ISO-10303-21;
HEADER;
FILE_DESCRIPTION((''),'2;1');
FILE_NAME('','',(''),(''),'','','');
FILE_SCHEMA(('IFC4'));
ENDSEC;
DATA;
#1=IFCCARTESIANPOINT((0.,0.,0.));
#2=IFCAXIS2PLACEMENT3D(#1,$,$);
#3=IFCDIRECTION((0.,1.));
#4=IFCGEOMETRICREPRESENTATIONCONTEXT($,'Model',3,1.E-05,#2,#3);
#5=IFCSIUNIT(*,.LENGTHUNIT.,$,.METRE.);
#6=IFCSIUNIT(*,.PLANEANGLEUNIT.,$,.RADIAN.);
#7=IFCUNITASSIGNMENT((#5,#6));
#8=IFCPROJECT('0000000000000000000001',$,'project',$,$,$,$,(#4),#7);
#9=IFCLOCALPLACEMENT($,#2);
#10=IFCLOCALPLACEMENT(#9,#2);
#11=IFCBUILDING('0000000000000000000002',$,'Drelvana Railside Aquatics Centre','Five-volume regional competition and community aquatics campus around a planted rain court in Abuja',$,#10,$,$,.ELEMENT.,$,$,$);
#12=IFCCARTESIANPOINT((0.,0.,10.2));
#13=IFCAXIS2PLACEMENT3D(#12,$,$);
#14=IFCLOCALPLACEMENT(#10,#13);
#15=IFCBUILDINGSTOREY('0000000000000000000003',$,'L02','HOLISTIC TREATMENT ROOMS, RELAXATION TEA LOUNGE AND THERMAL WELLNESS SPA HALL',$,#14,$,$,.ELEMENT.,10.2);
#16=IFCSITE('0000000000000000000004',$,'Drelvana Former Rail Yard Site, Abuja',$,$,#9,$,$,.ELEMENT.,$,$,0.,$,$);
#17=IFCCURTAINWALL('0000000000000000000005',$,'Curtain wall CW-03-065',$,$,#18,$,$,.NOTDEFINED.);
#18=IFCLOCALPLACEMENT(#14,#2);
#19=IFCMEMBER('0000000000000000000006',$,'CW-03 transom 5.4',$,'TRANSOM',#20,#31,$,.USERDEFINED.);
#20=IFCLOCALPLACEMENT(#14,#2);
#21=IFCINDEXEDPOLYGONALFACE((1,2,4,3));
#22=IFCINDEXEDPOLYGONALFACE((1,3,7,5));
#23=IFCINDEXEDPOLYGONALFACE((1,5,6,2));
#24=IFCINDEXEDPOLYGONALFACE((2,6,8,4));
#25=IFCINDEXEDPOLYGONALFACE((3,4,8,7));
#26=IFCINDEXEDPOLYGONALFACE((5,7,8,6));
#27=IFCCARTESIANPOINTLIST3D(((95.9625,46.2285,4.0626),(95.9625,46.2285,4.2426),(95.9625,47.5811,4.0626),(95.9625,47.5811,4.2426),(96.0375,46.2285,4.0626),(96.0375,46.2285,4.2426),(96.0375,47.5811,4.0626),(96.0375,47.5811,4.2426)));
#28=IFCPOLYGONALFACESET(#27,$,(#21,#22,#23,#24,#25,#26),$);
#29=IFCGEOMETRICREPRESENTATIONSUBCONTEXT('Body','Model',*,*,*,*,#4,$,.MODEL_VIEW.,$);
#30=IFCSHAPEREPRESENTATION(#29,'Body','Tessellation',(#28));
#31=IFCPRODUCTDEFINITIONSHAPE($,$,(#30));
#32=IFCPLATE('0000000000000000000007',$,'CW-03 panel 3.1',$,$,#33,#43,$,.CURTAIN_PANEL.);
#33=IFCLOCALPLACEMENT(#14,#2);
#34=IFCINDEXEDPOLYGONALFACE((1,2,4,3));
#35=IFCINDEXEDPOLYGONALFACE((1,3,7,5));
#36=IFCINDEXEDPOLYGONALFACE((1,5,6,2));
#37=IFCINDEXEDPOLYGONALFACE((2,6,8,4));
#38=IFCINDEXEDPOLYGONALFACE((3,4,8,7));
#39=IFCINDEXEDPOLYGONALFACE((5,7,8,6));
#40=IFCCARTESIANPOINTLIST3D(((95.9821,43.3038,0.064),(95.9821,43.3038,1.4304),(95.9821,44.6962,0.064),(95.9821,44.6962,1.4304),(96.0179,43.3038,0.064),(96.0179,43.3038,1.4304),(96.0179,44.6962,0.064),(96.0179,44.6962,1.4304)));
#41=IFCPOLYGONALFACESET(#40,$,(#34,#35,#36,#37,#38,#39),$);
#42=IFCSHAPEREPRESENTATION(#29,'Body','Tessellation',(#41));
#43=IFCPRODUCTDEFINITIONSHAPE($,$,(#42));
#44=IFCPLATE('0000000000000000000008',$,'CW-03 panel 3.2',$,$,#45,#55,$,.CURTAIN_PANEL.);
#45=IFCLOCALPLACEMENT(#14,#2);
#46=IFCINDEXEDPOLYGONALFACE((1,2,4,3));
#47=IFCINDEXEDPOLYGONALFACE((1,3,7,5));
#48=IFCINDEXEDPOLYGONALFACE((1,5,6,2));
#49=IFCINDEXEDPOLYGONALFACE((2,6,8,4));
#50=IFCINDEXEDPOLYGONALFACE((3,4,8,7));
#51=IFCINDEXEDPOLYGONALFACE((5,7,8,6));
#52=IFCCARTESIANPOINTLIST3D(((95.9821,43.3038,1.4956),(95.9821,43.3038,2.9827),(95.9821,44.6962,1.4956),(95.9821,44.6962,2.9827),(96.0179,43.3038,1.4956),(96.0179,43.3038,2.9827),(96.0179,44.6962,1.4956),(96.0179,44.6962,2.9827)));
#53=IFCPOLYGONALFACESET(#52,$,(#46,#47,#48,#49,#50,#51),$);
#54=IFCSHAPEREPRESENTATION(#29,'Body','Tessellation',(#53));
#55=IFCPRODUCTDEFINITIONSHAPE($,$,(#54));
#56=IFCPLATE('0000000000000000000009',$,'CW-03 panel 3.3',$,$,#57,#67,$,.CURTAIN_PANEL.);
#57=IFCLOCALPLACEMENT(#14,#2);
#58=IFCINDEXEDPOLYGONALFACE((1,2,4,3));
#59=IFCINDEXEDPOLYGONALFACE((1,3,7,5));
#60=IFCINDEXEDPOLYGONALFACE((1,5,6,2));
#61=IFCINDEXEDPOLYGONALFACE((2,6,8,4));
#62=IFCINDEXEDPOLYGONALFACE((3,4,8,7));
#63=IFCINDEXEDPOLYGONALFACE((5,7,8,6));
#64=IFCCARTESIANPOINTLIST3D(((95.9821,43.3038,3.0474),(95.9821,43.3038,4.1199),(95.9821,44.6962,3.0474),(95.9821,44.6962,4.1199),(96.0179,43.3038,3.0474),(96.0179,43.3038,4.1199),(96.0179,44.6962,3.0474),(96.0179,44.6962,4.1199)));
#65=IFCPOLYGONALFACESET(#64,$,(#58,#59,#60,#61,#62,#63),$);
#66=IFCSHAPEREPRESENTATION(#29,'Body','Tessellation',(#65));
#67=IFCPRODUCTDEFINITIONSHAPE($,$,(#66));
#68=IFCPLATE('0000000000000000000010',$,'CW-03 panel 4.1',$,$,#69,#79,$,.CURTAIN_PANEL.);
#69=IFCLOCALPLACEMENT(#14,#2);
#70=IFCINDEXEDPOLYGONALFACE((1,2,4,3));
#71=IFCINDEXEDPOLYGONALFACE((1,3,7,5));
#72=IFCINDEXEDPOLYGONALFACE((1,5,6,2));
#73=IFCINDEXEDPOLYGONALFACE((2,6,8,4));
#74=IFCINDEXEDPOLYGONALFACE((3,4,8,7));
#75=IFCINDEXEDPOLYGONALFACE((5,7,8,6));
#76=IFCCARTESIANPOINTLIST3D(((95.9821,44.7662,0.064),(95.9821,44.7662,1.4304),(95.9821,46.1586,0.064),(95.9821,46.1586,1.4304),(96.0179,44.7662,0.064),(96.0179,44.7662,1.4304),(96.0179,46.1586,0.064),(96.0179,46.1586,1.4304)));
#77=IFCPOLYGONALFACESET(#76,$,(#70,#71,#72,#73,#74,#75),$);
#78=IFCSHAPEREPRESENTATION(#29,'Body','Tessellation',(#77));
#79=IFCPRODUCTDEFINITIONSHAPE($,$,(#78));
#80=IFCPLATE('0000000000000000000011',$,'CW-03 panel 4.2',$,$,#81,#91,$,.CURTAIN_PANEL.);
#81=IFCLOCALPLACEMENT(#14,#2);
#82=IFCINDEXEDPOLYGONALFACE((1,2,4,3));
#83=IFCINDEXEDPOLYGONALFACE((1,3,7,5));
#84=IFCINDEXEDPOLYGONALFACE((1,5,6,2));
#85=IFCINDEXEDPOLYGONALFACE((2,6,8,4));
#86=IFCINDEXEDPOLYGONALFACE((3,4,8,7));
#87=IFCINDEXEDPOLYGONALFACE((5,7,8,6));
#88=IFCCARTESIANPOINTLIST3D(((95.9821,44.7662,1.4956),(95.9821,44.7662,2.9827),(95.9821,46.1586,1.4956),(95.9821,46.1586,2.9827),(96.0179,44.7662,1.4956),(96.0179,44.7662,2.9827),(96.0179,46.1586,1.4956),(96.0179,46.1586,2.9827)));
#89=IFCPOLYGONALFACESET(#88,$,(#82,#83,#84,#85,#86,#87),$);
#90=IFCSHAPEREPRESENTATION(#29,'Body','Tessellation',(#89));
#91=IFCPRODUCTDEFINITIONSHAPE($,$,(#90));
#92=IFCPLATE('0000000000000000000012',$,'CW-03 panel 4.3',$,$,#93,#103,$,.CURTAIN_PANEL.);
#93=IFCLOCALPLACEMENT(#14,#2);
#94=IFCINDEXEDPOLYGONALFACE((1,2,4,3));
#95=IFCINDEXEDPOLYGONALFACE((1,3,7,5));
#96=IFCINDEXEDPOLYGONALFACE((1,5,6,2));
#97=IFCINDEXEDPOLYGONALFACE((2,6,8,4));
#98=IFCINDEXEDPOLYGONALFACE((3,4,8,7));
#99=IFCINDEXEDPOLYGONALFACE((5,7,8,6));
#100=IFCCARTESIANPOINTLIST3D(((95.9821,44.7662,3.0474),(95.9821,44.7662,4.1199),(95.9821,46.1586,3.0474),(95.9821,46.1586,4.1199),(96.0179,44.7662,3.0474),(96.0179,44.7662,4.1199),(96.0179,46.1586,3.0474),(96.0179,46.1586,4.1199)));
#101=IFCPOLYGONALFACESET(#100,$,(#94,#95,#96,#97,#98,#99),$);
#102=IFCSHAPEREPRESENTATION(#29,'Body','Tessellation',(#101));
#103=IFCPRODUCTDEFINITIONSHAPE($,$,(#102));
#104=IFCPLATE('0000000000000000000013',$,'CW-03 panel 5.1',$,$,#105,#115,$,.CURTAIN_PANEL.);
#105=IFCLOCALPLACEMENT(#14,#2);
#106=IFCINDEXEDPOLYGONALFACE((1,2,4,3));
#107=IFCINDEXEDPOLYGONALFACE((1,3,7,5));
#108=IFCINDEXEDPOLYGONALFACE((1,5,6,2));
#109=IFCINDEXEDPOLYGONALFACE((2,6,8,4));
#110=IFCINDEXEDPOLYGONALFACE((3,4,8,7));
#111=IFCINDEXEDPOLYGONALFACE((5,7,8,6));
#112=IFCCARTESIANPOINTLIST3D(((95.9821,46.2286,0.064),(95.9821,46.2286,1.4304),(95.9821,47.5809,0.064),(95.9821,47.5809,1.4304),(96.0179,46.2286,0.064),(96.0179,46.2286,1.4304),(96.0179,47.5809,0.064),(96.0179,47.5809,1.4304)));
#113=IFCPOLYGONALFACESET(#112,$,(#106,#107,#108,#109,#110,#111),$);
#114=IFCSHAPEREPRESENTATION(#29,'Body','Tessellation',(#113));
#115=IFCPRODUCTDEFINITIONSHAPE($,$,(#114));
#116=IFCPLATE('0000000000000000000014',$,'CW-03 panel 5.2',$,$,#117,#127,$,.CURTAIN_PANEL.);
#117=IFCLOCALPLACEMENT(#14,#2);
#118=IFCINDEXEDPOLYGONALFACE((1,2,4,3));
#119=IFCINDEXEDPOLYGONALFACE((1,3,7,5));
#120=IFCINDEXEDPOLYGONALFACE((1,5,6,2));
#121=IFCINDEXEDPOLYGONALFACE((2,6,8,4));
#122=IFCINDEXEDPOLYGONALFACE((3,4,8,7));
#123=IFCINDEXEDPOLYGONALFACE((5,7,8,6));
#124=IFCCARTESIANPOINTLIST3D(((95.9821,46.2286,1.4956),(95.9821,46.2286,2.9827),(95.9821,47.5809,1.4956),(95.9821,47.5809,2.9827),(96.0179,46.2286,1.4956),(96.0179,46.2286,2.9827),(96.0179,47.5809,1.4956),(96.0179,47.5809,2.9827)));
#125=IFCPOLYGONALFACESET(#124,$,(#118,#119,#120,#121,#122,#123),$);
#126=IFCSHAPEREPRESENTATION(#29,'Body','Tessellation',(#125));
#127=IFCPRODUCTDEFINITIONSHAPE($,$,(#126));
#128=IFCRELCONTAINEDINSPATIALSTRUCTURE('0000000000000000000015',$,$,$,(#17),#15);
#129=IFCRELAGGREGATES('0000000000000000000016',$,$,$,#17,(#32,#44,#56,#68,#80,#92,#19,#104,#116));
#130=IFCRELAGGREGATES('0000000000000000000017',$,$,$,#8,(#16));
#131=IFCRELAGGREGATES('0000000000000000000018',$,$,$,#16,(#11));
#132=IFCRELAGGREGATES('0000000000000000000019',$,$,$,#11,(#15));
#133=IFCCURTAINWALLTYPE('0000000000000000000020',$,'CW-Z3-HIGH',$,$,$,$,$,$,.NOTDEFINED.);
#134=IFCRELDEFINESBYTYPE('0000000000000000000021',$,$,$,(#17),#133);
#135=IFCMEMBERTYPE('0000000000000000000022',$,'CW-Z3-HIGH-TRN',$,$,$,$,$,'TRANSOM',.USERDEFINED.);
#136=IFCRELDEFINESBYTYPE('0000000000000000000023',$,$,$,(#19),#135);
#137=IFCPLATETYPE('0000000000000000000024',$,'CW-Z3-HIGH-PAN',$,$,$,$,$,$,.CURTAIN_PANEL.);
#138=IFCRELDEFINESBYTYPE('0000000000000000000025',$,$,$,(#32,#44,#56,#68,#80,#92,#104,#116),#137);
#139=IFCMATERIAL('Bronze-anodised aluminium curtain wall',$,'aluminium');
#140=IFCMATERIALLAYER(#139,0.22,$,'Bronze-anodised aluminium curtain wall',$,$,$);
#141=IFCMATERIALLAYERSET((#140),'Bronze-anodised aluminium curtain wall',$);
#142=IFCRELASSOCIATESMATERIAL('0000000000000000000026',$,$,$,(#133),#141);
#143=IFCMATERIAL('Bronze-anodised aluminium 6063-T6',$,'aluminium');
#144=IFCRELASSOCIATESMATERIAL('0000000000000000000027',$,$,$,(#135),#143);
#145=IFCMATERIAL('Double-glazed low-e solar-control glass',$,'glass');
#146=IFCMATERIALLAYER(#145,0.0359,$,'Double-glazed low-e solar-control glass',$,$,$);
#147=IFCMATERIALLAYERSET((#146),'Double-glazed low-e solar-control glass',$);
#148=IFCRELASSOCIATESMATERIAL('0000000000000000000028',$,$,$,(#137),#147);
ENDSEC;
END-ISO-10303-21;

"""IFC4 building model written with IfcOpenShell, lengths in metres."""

from ifc_helpers import new_model, si_unit, direction, frame, origin, origin_2d, place, context, subcontext, project, spatial, rectangle, extrude, material, layer, layer_set, material_profile, profile_set, type_object, element, aggregate, save


model = new_model("IFC4")

# Units and contexts
model_context = context("Model", 3, precision=1e-05, world=origin(), true_north=direction((0.0, 1.0)))
body_context = subcontext(model_context, "Body", "Model", "MODEL_VIEW")
ifc_project = project(units=[si_unit("LENGTHUNIT", "METRE"), si_unit("PLANEANGLEUNIT", "RADIAN")], contexts=[model_context])

# Site, building, storey
site_placement = place(None, origin())
site = spatial("IfcSite", under=ifc_project, at=site_placement, Name="Drelvana Former Rail Yard Site, Abuja", CompositionType="ELEMENT", RefElevation=0.0)
building_placement = place(site_placement, origin())
building = spatial("IfcBuilding", under=site, at=building_placement, Name="Drelvana Railside Aquatics Centre", Description="Five-volume regional competition and community aquatics campus around a planted rain court in Abuja", CompositionType="ELEMENT")
storey_placement = place(building_placement, frame((0.0, 0.0, 10.2)))
storey = spatial("IfcBuildingStorey", under=building, at=storey_placement, Name="L02", Description="HOLISTIC TREATMENT ROOMS, RELAXATION TEA LOUNGE AND THERMAL WELLNESS SPA HALL", CompositionType="ELEMENT", Elevation=10.2)

# Curtain wall, member, plates
ifc_material_1 = material(Name="Bronze-anodised aluminium curtain wall", Category="aluminium")
ifc_layer_1 = layer(ifc_material_1, 0.22, Name="Bronze-anodised aluminium curtain wall")
ifc_layer_set_1 = layer_set([ifc_layer_1], Name="Bronze-anodised aluminium curtain wall")
curtain_wall_type = type_object("IfcCurtainWallType", Name="CW-Z3-HIGH", PredefinedType="NOTDEFINED", material=ifc_layer_set_1)
curtain_wall_placement = place(storey_placement, origin())
curtain_wall = element("IfcCurtainWall", 1, at=curtain_wall_placement, inside=storey, type_object=curtain_wall_type, Name="Curtain wall CW-03-065", PredefinedType="NOTDEFINED")
ifc_material_2 = material(Name="Bronze-anodised aluminium 6063-T6", Category="aluminium")
ifc_material_profile_1 = material_profile(ifc_material_2, rectangle(XDim=0.1799, YDim=0.075, at=origin_2d()), Name="ALU-T 75x180")
ifc_profile_set_1 = profile_set([ifc_material_profile_1], Name="Bronze-anodised aluminium 6063-T6")
member_type_1 = type_object("IfcMemberType", Name="CW-Z3-HIGH-TRN", ElementType="TRANSOM", PredefinedType="USERDEFINED", material=ifc_profile_set_1)
member_1_placement = place(storey_placement, frame((96.0, 46.2285, 4.1526), z_axis=(0.0, 1.0, 0.0), x_axis=(0.0, 0.0, 1.0)))
member_1 = element("IfcMember", 2, at=member_1_placement, type_object=member_type_1, Name="CW-03 transom 5.4", ObjectType="TRANSOM", PredefinedType="USERDEFINED", context=body_context, shape_type="SweptSolid", body=[
    extrude(rectangle(XDim=0.1799, YDim=0.075, at=origin_2d()), origin(), (0.0, 0.0, 1.0), 1.3525),
])
ifc_material_3 = material(Name="Double-glazed low-e solar-control glass", Category="glass")
ifc_layer_2 = layer(ifc_material_3, 0.0359, Name="Double-glazed low-e solar-control glass")
ifc_layer_set_2 = layer_set([ifc_layer_2], Name="Double-glazed low-e solar-control glass")
plate_type = type_object("IfcPlateType", Name="CW-Z3-HIGH-PAN", PredefinedType="CURTAIN_PANEL", material=ifc_layer_set_2)
plate_1_placement = place(storey_placement, frame((96.0, 44.0, 0.064), z_axis=(0.0, 0.0, 1.0), x_axis=(0.0, 1.0, 0.0)))
plate_1 = element("IfcPlate", 3, at=plate_1_placement, type_object=plate_type, Name="CW-03 panel 3.1", PredefinedType="CURTAIN_PANEL", context=body_context, shape_type="SweptSolid", body=[
    extrude(rectangle(XDim=1.3923, YDim=0.0359, at=origin_2d()), origin(), (0.0, 0.0, 1.0), 1.3665),
])
plate_2_placement = place(storey_placement, frame((96.0, 44.0, 1.4956), z_axis=(0.0, 0.0, 1.0), x_axis=(0.0, 1.0, 0.0)))
plate_2 = element("IfcPlate", 4, at=plate_2_placement, type_object=plate_type, Name="CW-03 panel 3.2", PredefinedType="CURTAIN_PANEL", context=body_context, shape_type="SweptSolid", body=[
    extrude(rectangle(XDim=1.3923, YDim=0.0359, at=origin_2d()), origin(), (0.0, 0.0, 1.0), 1.4871),
])
plate_3_placement = place(storey_placement, frame((96.0, 44.0, 3.0474), z_axis=(0.0, 0.0, 1.0), x_axis=(0.0, 1.0, 0.0)))
plate_3 = element("IfcPlate", 5, at=plate_3_placement, type_object=plate_type, Name="CW-03 panel 3.3", PredefinedType="CURTAIN_PANEL", context=body_context, shape_type="SweptSolid", body=[
    extrude(rectangle(XDim=1.3923, YDim=0.0359, at=origin_2d()), origin(), (0.0, 0.0, 1.0), 1.0725),
])
plate_4_placement = place(storey_placement, frame((96.0, 45.4624, 0.064), z_axis=(0.0, 0.0, 1.0), x_axis=(0.0, 1.0, 0.0)))
plate_4 = element("IfcPlate", 6, at=plate_4_placement, type_object=plate_type, Name="CW-03 panel 4.1", PredefinedType="CURTAIN_PANEL", context=body_context, shape_type="SweptSolid", body=[
    extrude(rectangle(XDim=1.3923, YDim=0.0359, at=origin_2d()), origin(), (0.0, 0.0, 1.0), 1.3665),
])
plate_5_placement = place(storey_placement, frame((96.0, 45.4624, 1.4956), z_axis=(0.0, 0.0, 1.0), x_axis=(0.0, 1.0, 0.0)))
plate_5 = element("IfcPlate", 7, at=plate_5_placement, type_object=plate_type, Name="CW-03 panel 4.2", PredefinedType="CURTAIN_PANEL", context=body_context, shape_type="SweptSolid", body=[
    extrude(rectangle(XDim=1.3923, YDim=0.0359, at=origin_2d()), origin(), (0.0, 0.0, 1.0), 1.4871),
])
plate_6_placement = place(storey_placement, frame((96.0, 45.4624, 3.0474), z_axis=(0.0, 0.0, 1.0), x_axis=(0.0, 1.0, 0.0)))
plate_6 = element("IfcPlate", 8, at=plate_6_placement, type_object=plate_type, Name="CW-03 panel 4.3", PredefinedType="CURTAIN_PANEL", context=body_context, shape_type="SweptSolid", body=[
    extrude(rectangle(XDim=1.3923, YDim=0.0359, at=origin_2d()), origin(), (0.0, 0.0, 1.0), 1.0725),
])
plate_7_placement = place(storey_placement, frame((96.0, 46.9048, 0.064), z_axis=(0.0, 0.0, 1.0), x_axis=(0.0, 1.0, 0.0)))
plate_7 = element("IfcPlate", 9, at=plate_7_placement, type_object=plate_type, Name="CW-03 panel 5.1", PredefinedType="CURTAIN_PANEL", context=body_context, shape_type="SweptSolid", body=[
    extrude(rectangle(XDim=1.3523, YDim=0.0359, at=origin_2d()), origin(), (0.0, 0.0, 1.0), 1.3665),
])
plate_8_placement = place(storey_placement, frame((96.0, 46.9048, 1.4956), z_axis=(0.0, 0.0, 1.0), x_axis=(0.0, 1.0, 0.0)))
plate_8 = element("IfcPlate", 10, at=plate_8_placement, type_object=plate_type, Name="CW-03 panel 5.2", PredefinedType="CURTAIN_PANEL", context=body_context, shape_type="SweptSolid", body=[
    extrude(rectangle(XDim=1.3523, YDim=0.0359, at=origin_2d()), origin(), (0.0, 0.0, 1.0), 1.4871),
])
aggregate(curtain_wall, [plate_1, plate_2, plate_3, plate_4, plate_5, plate_6, member_1, plate_7, plate_8])

save(model, "model.ifc")
